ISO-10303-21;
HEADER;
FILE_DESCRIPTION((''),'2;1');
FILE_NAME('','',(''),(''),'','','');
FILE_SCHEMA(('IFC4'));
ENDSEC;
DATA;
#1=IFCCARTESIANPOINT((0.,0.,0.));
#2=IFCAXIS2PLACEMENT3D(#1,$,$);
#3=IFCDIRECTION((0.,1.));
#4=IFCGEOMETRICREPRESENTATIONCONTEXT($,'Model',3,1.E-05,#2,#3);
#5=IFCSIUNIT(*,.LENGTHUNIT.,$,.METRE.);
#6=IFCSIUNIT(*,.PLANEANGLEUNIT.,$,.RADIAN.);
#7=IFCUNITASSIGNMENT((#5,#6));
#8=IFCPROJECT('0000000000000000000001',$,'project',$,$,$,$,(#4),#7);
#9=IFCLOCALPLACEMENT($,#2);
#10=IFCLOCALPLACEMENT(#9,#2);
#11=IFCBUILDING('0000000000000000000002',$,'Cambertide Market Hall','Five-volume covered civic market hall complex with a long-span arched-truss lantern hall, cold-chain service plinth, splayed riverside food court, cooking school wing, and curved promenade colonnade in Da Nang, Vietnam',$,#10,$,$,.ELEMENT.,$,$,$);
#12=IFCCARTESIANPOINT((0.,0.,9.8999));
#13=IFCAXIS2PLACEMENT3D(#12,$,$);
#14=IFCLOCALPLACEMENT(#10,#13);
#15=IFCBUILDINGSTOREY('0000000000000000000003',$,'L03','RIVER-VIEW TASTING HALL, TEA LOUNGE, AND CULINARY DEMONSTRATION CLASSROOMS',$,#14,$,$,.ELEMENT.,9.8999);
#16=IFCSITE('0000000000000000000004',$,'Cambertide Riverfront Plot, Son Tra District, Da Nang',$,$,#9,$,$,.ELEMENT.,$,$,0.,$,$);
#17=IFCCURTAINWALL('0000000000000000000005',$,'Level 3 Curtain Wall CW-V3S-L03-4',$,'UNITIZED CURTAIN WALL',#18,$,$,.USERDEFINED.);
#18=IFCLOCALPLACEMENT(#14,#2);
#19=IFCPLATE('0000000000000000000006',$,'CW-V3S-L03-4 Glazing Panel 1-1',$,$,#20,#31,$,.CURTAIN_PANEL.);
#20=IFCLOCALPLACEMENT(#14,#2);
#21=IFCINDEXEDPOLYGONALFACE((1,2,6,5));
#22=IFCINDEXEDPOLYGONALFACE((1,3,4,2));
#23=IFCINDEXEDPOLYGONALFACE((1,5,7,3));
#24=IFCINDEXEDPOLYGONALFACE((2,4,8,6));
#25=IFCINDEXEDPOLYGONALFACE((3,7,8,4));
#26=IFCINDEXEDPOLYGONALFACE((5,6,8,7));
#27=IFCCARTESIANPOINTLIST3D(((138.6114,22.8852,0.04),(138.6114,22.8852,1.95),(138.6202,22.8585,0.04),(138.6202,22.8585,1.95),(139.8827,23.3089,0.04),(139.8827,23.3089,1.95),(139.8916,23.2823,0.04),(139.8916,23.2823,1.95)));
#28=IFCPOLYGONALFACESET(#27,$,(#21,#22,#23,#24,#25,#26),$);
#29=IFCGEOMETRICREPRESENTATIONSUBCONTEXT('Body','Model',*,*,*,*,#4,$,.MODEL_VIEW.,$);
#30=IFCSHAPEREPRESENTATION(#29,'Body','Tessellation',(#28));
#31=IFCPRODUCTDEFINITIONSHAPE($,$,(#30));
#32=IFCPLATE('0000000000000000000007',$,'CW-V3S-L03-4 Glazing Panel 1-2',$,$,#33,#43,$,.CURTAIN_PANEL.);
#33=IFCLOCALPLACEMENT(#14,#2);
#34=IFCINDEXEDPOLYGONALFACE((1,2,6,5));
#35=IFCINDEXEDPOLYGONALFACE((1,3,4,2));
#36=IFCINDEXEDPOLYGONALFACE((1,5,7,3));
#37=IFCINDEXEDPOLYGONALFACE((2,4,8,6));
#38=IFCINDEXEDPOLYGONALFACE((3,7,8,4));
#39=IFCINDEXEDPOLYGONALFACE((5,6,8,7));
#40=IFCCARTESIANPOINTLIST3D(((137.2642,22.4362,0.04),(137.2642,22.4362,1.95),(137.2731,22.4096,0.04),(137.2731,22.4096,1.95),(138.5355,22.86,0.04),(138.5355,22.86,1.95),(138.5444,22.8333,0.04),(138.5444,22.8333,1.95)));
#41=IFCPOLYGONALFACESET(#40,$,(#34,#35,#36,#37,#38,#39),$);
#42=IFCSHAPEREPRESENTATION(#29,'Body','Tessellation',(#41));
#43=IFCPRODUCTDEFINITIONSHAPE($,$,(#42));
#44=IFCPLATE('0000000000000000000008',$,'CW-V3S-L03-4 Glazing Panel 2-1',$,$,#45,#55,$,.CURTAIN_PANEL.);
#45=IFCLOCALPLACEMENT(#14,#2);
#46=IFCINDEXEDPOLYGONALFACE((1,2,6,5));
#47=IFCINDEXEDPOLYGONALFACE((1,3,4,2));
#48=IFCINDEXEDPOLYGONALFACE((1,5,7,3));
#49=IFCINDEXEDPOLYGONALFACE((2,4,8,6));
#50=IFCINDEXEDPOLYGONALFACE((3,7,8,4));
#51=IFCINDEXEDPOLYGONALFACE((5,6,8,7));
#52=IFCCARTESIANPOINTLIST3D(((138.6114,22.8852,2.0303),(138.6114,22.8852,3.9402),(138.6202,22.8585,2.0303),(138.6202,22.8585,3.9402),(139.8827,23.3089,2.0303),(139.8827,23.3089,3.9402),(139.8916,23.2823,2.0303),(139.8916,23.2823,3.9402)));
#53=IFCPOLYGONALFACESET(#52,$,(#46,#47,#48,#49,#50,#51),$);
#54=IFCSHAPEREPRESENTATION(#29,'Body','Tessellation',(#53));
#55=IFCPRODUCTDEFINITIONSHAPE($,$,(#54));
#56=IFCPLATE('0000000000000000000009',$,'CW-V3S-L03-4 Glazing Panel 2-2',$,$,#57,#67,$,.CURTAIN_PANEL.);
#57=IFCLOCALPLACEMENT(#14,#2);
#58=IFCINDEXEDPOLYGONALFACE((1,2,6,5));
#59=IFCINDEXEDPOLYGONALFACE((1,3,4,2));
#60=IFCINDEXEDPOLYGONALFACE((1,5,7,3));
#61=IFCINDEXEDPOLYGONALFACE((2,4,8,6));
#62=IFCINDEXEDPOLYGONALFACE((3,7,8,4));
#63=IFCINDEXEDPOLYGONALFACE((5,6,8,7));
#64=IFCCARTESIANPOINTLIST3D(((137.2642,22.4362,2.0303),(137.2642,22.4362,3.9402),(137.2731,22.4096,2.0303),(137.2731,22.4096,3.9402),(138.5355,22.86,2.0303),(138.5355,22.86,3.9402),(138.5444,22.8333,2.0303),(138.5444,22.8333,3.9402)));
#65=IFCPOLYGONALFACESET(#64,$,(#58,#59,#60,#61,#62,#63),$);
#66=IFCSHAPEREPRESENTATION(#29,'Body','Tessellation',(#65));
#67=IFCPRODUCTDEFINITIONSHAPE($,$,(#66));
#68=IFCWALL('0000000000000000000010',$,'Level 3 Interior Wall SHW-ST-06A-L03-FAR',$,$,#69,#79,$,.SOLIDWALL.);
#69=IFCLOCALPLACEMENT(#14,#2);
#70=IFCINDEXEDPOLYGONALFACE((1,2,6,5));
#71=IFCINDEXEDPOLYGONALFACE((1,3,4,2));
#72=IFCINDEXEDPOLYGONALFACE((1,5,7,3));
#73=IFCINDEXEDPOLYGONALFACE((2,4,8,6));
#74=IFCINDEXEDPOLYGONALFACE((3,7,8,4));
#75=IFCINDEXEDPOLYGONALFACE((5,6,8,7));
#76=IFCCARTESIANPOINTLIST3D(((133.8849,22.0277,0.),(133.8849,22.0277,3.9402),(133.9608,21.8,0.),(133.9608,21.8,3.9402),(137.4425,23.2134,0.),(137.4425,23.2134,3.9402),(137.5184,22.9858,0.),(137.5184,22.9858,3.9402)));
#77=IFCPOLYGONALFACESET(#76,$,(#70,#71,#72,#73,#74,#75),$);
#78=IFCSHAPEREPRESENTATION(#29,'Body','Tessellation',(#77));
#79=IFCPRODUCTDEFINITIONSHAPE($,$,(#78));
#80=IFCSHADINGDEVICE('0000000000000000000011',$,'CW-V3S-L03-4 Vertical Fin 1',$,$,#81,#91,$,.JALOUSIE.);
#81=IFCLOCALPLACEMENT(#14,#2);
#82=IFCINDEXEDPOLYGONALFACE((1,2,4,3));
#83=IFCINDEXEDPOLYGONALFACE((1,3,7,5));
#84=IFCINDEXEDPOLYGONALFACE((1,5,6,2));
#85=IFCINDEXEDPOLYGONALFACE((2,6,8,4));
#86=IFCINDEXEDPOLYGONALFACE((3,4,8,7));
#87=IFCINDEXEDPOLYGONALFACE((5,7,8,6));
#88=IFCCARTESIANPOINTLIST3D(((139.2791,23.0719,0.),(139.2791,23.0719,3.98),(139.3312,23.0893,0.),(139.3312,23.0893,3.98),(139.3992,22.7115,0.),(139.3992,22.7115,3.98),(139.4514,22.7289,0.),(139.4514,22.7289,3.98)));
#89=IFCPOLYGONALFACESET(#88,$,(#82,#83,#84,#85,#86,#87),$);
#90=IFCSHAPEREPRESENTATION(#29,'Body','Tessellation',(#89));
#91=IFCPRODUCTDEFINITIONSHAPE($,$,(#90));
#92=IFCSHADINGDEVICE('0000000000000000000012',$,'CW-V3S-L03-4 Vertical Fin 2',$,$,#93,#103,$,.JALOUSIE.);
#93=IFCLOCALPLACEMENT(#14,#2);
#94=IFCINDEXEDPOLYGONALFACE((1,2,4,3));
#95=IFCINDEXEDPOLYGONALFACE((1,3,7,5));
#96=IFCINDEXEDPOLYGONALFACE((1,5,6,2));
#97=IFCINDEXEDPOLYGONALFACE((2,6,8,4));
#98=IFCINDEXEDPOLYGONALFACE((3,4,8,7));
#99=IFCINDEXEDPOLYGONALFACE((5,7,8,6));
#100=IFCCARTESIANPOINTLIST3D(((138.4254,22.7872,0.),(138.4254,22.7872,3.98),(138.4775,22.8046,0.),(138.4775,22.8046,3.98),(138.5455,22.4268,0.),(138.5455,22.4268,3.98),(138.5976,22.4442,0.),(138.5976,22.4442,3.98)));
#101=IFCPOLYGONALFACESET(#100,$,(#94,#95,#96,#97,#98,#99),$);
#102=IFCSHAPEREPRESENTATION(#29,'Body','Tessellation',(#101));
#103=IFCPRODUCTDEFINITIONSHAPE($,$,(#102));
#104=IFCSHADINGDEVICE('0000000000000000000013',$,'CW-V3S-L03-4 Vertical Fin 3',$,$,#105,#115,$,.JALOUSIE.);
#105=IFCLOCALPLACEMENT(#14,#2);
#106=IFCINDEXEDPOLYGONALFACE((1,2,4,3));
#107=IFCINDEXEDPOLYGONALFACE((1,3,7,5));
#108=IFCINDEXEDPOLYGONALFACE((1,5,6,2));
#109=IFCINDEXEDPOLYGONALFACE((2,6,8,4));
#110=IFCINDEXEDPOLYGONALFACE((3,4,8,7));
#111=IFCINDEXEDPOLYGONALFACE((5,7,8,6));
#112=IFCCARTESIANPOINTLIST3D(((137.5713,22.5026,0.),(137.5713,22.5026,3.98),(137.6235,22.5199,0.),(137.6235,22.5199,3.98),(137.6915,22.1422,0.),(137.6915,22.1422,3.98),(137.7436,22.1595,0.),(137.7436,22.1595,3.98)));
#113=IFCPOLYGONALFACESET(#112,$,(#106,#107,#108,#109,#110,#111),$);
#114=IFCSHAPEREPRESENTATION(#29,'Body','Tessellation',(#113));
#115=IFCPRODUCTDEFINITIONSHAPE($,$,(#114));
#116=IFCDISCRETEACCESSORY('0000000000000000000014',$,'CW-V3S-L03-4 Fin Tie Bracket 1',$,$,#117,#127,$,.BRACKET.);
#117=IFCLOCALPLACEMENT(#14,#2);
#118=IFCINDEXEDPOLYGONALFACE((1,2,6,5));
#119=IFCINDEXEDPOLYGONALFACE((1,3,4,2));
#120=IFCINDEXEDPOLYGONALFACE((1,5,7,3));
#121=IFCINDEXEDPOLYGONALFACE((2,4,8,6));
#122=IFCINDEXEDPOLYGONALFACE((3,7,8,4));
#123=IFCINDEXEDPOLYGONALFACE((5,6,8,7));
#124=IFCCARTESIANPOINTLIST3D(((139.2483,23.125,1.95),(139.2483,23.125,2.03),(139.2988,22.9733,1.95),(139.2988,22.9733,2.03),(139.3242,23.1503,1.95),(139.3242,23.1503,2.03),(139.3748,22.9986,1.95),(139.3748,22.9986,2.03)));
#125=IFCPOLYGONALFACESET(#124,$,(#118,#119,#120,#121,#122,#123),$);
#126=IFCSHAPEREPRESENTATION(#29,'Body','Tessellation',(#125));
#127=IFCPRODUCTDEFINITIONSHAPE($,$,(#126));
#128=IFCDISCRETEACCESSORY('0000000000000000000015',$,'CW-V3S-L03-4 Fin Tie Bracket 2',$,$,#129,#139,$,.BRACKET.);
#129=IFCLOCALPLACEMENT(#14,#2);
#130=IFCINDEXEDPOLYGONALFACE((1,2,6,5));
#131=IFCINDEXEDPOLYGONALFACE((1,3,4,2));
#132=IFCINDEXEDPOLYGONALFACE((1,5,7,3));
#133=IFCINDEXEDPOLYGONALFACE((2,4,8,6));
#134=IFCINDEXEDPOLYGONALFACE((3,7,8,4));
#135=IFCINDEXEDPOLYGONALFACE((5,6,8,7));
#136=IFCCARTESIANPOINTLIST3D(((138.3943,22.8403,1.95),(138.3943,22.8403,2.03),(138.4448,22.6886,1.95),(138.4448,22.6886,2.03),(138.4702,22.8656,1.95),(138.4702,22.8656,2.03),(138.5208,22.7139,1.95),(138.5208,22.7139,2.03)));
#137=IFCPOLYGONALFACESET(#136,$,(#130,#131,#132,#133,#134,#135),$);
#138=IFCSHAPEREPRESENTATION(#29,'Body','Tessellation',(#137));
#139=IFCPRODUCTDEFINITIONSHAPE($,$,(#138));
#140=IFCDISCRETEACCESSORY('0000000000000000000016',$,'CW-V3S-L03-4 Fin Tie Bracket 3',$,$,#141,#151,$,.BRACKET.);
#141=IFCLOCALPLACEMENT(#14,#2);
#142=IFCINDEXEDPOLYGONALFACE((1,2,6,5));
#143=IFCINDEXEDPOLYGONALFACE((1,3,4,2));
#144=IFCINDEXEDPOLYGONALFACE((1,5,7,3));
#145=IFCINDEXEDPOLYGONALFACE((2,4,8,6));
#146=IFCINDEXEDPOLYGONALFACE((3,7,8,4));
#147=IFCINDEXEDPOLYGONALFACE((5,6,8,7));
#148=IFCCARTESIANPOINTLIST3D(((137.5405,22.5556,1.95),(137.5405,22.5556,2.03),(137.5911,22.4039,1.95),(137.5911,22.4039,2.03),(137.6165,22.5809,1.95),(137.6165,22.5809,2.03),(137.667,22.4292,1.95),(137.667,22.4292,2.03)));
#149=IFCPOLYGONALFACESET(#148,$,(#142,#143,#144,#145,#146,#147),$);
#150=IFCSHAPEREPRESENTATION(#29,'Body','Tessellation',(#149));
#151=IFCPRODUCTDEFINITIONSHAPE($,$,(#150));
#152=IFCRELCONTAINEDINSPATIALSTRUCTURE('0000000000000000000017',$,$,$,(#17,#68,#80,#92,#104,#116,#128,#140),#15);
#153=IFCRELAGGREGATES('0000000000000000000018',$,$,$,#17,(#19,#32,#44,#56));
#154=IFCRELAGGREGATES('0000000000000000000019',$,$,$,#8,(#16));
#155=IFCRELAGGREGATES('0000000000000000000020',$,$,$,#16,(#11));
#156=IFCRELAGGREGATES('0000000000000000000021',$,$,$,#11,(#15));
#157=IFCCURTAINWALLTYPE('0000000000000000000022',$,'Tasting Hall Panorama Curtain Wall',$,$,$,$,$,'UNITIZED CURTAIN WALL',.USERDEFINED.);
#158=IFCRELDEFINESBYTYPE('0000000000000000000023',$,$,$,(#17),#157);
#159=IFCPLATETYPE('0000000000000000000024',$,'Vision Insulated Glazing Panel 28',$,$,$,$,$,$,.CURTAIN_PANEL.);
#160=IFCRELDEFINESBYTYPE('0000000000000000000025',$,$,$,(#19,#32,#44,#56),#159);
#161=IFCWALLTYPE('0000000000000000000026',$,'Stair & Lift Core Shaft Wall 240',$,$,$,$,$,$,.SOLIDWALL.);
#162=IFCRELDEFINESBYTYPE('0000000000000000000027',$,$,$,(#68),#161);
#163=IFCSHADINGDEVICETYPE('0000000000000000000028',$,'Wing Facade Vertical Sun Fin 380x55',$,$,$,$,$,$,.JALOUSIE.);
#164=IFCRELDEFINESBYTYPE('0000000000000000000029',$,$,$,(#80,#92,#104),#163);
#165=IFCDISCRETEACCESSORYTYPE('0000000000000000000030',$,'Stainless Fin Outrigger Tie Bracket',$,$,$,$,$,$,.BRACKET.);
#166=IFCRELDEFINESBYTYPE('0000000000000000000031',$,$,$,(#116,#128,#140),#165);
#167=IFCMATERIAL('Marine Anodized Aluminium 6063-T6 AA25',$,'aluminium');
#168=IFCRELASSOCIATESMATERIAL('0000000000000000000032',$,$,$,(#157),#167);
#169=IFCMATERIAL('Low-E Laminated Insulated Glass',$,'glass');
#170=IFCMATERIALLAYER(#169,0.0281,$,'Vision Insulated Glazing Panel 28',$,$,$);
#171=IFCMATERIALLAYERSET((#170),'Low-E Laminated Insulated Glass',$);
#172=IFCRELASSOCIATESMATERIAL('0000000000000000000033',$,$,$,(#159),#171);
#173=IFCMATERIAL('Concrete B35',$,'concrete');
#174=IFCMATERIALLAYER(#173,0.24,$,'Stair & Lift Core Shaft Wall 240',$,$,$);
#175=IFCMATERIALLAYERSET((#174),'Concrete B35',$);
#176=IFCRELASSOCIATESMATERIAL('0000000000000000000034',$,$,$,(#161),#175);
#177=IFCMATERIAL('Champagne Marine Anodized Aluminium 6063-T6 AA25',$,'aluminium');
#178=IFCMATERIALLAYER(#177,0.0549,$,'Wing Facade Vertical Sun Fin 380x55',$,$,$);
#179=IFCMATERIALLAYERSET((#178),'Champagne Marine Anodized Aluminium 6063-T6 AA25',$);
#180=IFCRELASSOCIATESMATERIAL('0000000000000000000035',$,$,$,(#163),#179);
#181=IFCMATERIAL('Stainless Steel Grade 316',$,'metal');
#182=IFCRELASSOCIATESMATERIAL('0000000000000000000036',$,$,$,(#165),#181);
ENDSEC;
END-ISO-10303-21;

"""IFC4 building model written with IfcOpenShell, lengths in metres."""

from ifc_helpers import new_model, si_unit, direction, frame, frame_2d, origin, origin_2d, place, context, subcontext, project, spatial, rectangle, extrude, material, layer, layer_set, type_object, element, aggregate, save


model = new_model("IFC4")

# Units and contexts
model_context = context("Model", 3, precision=1e-05, world=origin(), true_north=direction((0.0, 1.0)))
body_context = subcontext(model_context, "Body", "Model", "MODEL_VIEW")
ifc_project = project(units=[si_unit("LENGTHUNIT", "METRE"), si_unit("PLANEANGLEUNIT", "RADIAN")], contexts=[model_context])

# Site, building, storey
site_placement = place(None, origin())
site = spatial("IfcSite", under=ifc_project, at=site_placement, Name="Cambertide Riverfront Plot, Son Tra District, Da Nang", CompositionType="ELEMENT", RefElevation=0.0)
building_placement = place(site_placement, origin())
building = spatial("IfcBuilding", under=site, at=building_placement, Name="Cambertide Market Hall", Description="Five-volume covered civic market hall complex with a long-span arched-truss lantern hall, cold-chain service plinth, splayed riverside food court, cooking school wing, and curved promenade colonnade in Da Nang, Vietnam", CompositionType="ELEMENT")
storey_placement = place(building_placement, frame((0.0, 0.0, 9.8999)))
storey = spatial("IfcBuildingStorey", under=building, at=storey_placement, Name="L03", Description="RIVER-VIEW TASTING HALL, TEA LOUNGE, AND CULINARY DEMONSTRATION CLASSROOMS", CompositionType="ELEMENT", Elevation=9.8999)

# Curtain wall, plates
ifc_material_1 = material(Name="Marine Anodized Aluminium 6063-T6 AA25", Category="aluminium")
curtain_wall_type = type_object("IfcCurtainWallType", Name="Tasting Hall Panorama Curtain Wall", ElementType="UNITIZED CURTAIN WALL", PredefinedType="USERDEFINED", material=ifc_material_1)
curtain_wall_placement = place(storey_placement, origin())
curtain_wall = element("IfcCurtainWall", 1, at=curtain_wall_placement, inside=storey, type_object=curtain_wall_type, Name="Level 3 Curtain Wall CW-V3S-L03-4", ObjectType="UNITIZED CURTAIN WALL", PredefinedType="USERDEFINED")
ifc_material_2 = material(Name="Low-E Laminated Insulated Glass", Category="glass")
ifc_layer_1 = layer(ifc_material_2, 0.0281, Name="Vision Insulated Glazing Panel 28")
ifc_layer_set_1 = layer_set([ifc_layer_1], Name="Low-E Laminated Insulated Glass")
plate_type = type_object("IfcPlateType", Name="Vision Insulated Glazing Panel 28", PredefinedType="CURTAIN_PANEL", material=ifc_layer_set_1)
plate_1_placement = place(storey_placement, frame((139.2515, 23.0837, 0.04), z_axis=(0.0, 0.0, 1.0), x_axis=(-0.948683, -0.316228, 0.0)))
plate_1 = element("IfcPlate", 2, at=plate_1_placement, type_object=plate_type, Name="CW-V3S-L03-4 Glazing Panel 1-1", PredefinedType="CURTAIN_PANEL", context=body_context, shape_type="SweptSolid", body=[
    extrude(rectangle(XDim=1.3401, YDim=0.0281, at=origin_2d()), origin(), (0.0, 0.0, 1.0), 1.9099),
])
plate_2_placement = place(storey_placement, frame((137.9043, 22.6348, 0.04), z_axis=(0.0, 0.0, 1.0), x_axis=(-0.948683, -0.316228, 0.0)))
plate_2 = element("IfcPlate", 3, at=plate_2_placement, type_object=plate_type, Name="CW-V3S-L03-4 Glazing Panel 1-2", PredefinedType="CURTAIN_PANEL", context=body_context, shape_type="SweptSolid", body=[
    extrude(rectangle(XDim=1.3401, YDim=0.0281, at=origin_2d()), origin(), (0.0, 0.0, 1.0), 1.9099),
])
plate_3_placement = place(storey_placement, frame((139.2515, 23.0837, 2.0303), z_axis=(0.0, 0.0, 1.0), x_axis=(-0.948683, -0.316228, 0.0)))
plate_3 = element("IfcPlate", 4, at=plate_3_placement, type_object=plate_type, Name="CW-V3S-L03-4 Glazing Panel 2-1", PredefinedType="CURTAIN_PANEL", context=body_context, shape_type="SweptSolid", body=[
    extrude(rectangle(XDim=1.3401, YDim=0.0281, at=origin_2d()), origin(), (0.0, 0.0, 1.0), 1.9099),
])
plate_4_placement = place(storey_placement, frame((137.9043, 22.6348, 2.0303), z_axis=(0.0, 0.0, 1.0), x_axis=(-0.948683, -0.316228, 0.0)))
plate_4 = element("IfcPlate", 5, at=plate_4_placement, type_object=plate_type, Name="CW-V3S-L03-4 Glazing Panel 2-2", PredefinedType="CURTAIN_PANEL", context=body_context, shape_type="SweptSolid", body=[
    extrude(rectangle(XDim=1.3401, YDim=0.0281, at=origin_2d()), origin(), (0.0, 0.0, 1.0), 1.9099),
])
aggregate(curtain_wall, [plate_1, plate_2, plate_3, plate_4])

# Wall
ifc_material_3 = material(Name="Concrete B35", Category="concrete")
ifc_layer_2 = layer(ifc_material_3, 0.24, Name="Stair & Lift Core Shaft Wall 240")
ifc_layer_set_2 = layer_set([ifc_layer_2], Name="Concrete B35")
wall_type = type_object("IfcWallType", Name="Stair & Lift Core Shaft Wall 240", PredefinedType="SOLIDWALL", material=ifc_layer_set_2)
wall_placement = place(storey_placement, frame((137.4805, 23.0996, 0.0), z_axis=(0.0, 0.0, 1.0), x_axis=(-0.94869, -0.316208, 0.0)))
element("IfcWall", 6, at=wall_placement, inside=storey, type_object=wall_type, Name="Level 3 Interior Wall SHW-ST-06A-L03-FAR", PredefinedType="SOLIDWALL", context=body_context, shape_type="SweptSolid", body=[
    extrude(rectangle(XDim=3.75, YDim=0.24, at=frame_2d((1.875, 0.0))), origin(), (0.0, 0.0, 1.0), 3.9402),
])

# Shading devices
ifc_material_4 = material(Name="Champagne Marine Anodized Aluminium 6063-T6 AA25", Category="aluminium")
ifc_layer_3 = layer(ifc_material_4, 0.0549, Name="Wing Facade Vertical Sun Fin 380x55")
ifc_layer_set_3 = layer_set([ifc_layer_3], Name="Champagne Marine Anodized Aluminium 6063-T6 AA25")
shading_device_type = type_object("IfcShadingDeviceType", Name="Wing Facade Vertical Sun Fin 380x55", PredefinedType="JALOUSIE", material=ifc_layer_set_3)
for number, where, z_axis, x_axis, name in (
    (7, (139.3652, 22.9004, 0.0), (0.0, 0.0, 1.0), (-0.948683, -0.316228, 0.0), "CW-V3S-L03-4 Vertical Fin 1"),
    (8, (138.5115, 22.6157, 0.0), (0.0, 0.0, 1.0), (-0.948683, -0.316228, 0.0), "CW-V3S-L03-4 Vertical Fin 2"),
    (9, (137.6575, 22.3311, 0.0), (0.0, 0.0, 1.0), (-0.948683, -0.316228, 0.0), "CW-V3S-L03-4 Vertical Fin 3"),
):
    element("IfcShadingDevice", number, at=place(storey_placement, frame(where, z_axis=z_axis, x_axis=x_axis)), inside=storey, type_object=shading_device_type, Name=name, PredefinedType="JALOUSIE", context=body_context, shape_type="SweptSolid", body=[
        extrude(rectangle(XDim=0.0549, YDim=0.3799, at=origin_2d()), origin(), (0.0, 0.0, 1.0), 3.98),
    ])

# Discrete accessories
ifc_material_5 = material(Name="Stainless Steel Grade 316", Category="metal")
discrete_accessory_type = type_object("IfcDiscreteAccessoryType", Name="Stainless Fin Outrigger Tie Bracket", PredefinedType="BRACKET", material=ifc_material_5)
for number, where, z_axis, x_axis, name in (
    (10, (139.3115, 23.0618, 1.95), (0.0, 0.0, 1.0), (-0.948683, -0.316228, 0.0), "CW-V3S-L03-4 Fin Tie Bracket 1"),
    (11, (138.4575, 22.7771, 1.95), (0.0, 0.0, 1.0), (-0.948683, -0.316228, 0.0), "CW-V3S-L03-4 Fin Tie Bracket 2"),
    (12, (137.6038, 22.4924, 1.95), (0.0, 0.0, 1.0), (-0.948683, -0.316228, 0.0), "CW-V3S-L03-4 Fin Tie Bracket 3"),
):
    element("IfcDiscreteAccessory", number, at=place(storey_placement, frame(where, z_axis=z_axis, x_axis=x_axis)), inside=storey, type_object=discrete_accessory_type, Name=name, PredefinedType="BRACKET", context=body_context, shape_type="SweptSolid", body=[
        extrude(rectangle(XDim=0.0801, YDim=0.1599, at=origin_2d()), origin(), (0.0, 0.0, 1.0), 0.0801),
    ])

save(model, "model.ifc")
